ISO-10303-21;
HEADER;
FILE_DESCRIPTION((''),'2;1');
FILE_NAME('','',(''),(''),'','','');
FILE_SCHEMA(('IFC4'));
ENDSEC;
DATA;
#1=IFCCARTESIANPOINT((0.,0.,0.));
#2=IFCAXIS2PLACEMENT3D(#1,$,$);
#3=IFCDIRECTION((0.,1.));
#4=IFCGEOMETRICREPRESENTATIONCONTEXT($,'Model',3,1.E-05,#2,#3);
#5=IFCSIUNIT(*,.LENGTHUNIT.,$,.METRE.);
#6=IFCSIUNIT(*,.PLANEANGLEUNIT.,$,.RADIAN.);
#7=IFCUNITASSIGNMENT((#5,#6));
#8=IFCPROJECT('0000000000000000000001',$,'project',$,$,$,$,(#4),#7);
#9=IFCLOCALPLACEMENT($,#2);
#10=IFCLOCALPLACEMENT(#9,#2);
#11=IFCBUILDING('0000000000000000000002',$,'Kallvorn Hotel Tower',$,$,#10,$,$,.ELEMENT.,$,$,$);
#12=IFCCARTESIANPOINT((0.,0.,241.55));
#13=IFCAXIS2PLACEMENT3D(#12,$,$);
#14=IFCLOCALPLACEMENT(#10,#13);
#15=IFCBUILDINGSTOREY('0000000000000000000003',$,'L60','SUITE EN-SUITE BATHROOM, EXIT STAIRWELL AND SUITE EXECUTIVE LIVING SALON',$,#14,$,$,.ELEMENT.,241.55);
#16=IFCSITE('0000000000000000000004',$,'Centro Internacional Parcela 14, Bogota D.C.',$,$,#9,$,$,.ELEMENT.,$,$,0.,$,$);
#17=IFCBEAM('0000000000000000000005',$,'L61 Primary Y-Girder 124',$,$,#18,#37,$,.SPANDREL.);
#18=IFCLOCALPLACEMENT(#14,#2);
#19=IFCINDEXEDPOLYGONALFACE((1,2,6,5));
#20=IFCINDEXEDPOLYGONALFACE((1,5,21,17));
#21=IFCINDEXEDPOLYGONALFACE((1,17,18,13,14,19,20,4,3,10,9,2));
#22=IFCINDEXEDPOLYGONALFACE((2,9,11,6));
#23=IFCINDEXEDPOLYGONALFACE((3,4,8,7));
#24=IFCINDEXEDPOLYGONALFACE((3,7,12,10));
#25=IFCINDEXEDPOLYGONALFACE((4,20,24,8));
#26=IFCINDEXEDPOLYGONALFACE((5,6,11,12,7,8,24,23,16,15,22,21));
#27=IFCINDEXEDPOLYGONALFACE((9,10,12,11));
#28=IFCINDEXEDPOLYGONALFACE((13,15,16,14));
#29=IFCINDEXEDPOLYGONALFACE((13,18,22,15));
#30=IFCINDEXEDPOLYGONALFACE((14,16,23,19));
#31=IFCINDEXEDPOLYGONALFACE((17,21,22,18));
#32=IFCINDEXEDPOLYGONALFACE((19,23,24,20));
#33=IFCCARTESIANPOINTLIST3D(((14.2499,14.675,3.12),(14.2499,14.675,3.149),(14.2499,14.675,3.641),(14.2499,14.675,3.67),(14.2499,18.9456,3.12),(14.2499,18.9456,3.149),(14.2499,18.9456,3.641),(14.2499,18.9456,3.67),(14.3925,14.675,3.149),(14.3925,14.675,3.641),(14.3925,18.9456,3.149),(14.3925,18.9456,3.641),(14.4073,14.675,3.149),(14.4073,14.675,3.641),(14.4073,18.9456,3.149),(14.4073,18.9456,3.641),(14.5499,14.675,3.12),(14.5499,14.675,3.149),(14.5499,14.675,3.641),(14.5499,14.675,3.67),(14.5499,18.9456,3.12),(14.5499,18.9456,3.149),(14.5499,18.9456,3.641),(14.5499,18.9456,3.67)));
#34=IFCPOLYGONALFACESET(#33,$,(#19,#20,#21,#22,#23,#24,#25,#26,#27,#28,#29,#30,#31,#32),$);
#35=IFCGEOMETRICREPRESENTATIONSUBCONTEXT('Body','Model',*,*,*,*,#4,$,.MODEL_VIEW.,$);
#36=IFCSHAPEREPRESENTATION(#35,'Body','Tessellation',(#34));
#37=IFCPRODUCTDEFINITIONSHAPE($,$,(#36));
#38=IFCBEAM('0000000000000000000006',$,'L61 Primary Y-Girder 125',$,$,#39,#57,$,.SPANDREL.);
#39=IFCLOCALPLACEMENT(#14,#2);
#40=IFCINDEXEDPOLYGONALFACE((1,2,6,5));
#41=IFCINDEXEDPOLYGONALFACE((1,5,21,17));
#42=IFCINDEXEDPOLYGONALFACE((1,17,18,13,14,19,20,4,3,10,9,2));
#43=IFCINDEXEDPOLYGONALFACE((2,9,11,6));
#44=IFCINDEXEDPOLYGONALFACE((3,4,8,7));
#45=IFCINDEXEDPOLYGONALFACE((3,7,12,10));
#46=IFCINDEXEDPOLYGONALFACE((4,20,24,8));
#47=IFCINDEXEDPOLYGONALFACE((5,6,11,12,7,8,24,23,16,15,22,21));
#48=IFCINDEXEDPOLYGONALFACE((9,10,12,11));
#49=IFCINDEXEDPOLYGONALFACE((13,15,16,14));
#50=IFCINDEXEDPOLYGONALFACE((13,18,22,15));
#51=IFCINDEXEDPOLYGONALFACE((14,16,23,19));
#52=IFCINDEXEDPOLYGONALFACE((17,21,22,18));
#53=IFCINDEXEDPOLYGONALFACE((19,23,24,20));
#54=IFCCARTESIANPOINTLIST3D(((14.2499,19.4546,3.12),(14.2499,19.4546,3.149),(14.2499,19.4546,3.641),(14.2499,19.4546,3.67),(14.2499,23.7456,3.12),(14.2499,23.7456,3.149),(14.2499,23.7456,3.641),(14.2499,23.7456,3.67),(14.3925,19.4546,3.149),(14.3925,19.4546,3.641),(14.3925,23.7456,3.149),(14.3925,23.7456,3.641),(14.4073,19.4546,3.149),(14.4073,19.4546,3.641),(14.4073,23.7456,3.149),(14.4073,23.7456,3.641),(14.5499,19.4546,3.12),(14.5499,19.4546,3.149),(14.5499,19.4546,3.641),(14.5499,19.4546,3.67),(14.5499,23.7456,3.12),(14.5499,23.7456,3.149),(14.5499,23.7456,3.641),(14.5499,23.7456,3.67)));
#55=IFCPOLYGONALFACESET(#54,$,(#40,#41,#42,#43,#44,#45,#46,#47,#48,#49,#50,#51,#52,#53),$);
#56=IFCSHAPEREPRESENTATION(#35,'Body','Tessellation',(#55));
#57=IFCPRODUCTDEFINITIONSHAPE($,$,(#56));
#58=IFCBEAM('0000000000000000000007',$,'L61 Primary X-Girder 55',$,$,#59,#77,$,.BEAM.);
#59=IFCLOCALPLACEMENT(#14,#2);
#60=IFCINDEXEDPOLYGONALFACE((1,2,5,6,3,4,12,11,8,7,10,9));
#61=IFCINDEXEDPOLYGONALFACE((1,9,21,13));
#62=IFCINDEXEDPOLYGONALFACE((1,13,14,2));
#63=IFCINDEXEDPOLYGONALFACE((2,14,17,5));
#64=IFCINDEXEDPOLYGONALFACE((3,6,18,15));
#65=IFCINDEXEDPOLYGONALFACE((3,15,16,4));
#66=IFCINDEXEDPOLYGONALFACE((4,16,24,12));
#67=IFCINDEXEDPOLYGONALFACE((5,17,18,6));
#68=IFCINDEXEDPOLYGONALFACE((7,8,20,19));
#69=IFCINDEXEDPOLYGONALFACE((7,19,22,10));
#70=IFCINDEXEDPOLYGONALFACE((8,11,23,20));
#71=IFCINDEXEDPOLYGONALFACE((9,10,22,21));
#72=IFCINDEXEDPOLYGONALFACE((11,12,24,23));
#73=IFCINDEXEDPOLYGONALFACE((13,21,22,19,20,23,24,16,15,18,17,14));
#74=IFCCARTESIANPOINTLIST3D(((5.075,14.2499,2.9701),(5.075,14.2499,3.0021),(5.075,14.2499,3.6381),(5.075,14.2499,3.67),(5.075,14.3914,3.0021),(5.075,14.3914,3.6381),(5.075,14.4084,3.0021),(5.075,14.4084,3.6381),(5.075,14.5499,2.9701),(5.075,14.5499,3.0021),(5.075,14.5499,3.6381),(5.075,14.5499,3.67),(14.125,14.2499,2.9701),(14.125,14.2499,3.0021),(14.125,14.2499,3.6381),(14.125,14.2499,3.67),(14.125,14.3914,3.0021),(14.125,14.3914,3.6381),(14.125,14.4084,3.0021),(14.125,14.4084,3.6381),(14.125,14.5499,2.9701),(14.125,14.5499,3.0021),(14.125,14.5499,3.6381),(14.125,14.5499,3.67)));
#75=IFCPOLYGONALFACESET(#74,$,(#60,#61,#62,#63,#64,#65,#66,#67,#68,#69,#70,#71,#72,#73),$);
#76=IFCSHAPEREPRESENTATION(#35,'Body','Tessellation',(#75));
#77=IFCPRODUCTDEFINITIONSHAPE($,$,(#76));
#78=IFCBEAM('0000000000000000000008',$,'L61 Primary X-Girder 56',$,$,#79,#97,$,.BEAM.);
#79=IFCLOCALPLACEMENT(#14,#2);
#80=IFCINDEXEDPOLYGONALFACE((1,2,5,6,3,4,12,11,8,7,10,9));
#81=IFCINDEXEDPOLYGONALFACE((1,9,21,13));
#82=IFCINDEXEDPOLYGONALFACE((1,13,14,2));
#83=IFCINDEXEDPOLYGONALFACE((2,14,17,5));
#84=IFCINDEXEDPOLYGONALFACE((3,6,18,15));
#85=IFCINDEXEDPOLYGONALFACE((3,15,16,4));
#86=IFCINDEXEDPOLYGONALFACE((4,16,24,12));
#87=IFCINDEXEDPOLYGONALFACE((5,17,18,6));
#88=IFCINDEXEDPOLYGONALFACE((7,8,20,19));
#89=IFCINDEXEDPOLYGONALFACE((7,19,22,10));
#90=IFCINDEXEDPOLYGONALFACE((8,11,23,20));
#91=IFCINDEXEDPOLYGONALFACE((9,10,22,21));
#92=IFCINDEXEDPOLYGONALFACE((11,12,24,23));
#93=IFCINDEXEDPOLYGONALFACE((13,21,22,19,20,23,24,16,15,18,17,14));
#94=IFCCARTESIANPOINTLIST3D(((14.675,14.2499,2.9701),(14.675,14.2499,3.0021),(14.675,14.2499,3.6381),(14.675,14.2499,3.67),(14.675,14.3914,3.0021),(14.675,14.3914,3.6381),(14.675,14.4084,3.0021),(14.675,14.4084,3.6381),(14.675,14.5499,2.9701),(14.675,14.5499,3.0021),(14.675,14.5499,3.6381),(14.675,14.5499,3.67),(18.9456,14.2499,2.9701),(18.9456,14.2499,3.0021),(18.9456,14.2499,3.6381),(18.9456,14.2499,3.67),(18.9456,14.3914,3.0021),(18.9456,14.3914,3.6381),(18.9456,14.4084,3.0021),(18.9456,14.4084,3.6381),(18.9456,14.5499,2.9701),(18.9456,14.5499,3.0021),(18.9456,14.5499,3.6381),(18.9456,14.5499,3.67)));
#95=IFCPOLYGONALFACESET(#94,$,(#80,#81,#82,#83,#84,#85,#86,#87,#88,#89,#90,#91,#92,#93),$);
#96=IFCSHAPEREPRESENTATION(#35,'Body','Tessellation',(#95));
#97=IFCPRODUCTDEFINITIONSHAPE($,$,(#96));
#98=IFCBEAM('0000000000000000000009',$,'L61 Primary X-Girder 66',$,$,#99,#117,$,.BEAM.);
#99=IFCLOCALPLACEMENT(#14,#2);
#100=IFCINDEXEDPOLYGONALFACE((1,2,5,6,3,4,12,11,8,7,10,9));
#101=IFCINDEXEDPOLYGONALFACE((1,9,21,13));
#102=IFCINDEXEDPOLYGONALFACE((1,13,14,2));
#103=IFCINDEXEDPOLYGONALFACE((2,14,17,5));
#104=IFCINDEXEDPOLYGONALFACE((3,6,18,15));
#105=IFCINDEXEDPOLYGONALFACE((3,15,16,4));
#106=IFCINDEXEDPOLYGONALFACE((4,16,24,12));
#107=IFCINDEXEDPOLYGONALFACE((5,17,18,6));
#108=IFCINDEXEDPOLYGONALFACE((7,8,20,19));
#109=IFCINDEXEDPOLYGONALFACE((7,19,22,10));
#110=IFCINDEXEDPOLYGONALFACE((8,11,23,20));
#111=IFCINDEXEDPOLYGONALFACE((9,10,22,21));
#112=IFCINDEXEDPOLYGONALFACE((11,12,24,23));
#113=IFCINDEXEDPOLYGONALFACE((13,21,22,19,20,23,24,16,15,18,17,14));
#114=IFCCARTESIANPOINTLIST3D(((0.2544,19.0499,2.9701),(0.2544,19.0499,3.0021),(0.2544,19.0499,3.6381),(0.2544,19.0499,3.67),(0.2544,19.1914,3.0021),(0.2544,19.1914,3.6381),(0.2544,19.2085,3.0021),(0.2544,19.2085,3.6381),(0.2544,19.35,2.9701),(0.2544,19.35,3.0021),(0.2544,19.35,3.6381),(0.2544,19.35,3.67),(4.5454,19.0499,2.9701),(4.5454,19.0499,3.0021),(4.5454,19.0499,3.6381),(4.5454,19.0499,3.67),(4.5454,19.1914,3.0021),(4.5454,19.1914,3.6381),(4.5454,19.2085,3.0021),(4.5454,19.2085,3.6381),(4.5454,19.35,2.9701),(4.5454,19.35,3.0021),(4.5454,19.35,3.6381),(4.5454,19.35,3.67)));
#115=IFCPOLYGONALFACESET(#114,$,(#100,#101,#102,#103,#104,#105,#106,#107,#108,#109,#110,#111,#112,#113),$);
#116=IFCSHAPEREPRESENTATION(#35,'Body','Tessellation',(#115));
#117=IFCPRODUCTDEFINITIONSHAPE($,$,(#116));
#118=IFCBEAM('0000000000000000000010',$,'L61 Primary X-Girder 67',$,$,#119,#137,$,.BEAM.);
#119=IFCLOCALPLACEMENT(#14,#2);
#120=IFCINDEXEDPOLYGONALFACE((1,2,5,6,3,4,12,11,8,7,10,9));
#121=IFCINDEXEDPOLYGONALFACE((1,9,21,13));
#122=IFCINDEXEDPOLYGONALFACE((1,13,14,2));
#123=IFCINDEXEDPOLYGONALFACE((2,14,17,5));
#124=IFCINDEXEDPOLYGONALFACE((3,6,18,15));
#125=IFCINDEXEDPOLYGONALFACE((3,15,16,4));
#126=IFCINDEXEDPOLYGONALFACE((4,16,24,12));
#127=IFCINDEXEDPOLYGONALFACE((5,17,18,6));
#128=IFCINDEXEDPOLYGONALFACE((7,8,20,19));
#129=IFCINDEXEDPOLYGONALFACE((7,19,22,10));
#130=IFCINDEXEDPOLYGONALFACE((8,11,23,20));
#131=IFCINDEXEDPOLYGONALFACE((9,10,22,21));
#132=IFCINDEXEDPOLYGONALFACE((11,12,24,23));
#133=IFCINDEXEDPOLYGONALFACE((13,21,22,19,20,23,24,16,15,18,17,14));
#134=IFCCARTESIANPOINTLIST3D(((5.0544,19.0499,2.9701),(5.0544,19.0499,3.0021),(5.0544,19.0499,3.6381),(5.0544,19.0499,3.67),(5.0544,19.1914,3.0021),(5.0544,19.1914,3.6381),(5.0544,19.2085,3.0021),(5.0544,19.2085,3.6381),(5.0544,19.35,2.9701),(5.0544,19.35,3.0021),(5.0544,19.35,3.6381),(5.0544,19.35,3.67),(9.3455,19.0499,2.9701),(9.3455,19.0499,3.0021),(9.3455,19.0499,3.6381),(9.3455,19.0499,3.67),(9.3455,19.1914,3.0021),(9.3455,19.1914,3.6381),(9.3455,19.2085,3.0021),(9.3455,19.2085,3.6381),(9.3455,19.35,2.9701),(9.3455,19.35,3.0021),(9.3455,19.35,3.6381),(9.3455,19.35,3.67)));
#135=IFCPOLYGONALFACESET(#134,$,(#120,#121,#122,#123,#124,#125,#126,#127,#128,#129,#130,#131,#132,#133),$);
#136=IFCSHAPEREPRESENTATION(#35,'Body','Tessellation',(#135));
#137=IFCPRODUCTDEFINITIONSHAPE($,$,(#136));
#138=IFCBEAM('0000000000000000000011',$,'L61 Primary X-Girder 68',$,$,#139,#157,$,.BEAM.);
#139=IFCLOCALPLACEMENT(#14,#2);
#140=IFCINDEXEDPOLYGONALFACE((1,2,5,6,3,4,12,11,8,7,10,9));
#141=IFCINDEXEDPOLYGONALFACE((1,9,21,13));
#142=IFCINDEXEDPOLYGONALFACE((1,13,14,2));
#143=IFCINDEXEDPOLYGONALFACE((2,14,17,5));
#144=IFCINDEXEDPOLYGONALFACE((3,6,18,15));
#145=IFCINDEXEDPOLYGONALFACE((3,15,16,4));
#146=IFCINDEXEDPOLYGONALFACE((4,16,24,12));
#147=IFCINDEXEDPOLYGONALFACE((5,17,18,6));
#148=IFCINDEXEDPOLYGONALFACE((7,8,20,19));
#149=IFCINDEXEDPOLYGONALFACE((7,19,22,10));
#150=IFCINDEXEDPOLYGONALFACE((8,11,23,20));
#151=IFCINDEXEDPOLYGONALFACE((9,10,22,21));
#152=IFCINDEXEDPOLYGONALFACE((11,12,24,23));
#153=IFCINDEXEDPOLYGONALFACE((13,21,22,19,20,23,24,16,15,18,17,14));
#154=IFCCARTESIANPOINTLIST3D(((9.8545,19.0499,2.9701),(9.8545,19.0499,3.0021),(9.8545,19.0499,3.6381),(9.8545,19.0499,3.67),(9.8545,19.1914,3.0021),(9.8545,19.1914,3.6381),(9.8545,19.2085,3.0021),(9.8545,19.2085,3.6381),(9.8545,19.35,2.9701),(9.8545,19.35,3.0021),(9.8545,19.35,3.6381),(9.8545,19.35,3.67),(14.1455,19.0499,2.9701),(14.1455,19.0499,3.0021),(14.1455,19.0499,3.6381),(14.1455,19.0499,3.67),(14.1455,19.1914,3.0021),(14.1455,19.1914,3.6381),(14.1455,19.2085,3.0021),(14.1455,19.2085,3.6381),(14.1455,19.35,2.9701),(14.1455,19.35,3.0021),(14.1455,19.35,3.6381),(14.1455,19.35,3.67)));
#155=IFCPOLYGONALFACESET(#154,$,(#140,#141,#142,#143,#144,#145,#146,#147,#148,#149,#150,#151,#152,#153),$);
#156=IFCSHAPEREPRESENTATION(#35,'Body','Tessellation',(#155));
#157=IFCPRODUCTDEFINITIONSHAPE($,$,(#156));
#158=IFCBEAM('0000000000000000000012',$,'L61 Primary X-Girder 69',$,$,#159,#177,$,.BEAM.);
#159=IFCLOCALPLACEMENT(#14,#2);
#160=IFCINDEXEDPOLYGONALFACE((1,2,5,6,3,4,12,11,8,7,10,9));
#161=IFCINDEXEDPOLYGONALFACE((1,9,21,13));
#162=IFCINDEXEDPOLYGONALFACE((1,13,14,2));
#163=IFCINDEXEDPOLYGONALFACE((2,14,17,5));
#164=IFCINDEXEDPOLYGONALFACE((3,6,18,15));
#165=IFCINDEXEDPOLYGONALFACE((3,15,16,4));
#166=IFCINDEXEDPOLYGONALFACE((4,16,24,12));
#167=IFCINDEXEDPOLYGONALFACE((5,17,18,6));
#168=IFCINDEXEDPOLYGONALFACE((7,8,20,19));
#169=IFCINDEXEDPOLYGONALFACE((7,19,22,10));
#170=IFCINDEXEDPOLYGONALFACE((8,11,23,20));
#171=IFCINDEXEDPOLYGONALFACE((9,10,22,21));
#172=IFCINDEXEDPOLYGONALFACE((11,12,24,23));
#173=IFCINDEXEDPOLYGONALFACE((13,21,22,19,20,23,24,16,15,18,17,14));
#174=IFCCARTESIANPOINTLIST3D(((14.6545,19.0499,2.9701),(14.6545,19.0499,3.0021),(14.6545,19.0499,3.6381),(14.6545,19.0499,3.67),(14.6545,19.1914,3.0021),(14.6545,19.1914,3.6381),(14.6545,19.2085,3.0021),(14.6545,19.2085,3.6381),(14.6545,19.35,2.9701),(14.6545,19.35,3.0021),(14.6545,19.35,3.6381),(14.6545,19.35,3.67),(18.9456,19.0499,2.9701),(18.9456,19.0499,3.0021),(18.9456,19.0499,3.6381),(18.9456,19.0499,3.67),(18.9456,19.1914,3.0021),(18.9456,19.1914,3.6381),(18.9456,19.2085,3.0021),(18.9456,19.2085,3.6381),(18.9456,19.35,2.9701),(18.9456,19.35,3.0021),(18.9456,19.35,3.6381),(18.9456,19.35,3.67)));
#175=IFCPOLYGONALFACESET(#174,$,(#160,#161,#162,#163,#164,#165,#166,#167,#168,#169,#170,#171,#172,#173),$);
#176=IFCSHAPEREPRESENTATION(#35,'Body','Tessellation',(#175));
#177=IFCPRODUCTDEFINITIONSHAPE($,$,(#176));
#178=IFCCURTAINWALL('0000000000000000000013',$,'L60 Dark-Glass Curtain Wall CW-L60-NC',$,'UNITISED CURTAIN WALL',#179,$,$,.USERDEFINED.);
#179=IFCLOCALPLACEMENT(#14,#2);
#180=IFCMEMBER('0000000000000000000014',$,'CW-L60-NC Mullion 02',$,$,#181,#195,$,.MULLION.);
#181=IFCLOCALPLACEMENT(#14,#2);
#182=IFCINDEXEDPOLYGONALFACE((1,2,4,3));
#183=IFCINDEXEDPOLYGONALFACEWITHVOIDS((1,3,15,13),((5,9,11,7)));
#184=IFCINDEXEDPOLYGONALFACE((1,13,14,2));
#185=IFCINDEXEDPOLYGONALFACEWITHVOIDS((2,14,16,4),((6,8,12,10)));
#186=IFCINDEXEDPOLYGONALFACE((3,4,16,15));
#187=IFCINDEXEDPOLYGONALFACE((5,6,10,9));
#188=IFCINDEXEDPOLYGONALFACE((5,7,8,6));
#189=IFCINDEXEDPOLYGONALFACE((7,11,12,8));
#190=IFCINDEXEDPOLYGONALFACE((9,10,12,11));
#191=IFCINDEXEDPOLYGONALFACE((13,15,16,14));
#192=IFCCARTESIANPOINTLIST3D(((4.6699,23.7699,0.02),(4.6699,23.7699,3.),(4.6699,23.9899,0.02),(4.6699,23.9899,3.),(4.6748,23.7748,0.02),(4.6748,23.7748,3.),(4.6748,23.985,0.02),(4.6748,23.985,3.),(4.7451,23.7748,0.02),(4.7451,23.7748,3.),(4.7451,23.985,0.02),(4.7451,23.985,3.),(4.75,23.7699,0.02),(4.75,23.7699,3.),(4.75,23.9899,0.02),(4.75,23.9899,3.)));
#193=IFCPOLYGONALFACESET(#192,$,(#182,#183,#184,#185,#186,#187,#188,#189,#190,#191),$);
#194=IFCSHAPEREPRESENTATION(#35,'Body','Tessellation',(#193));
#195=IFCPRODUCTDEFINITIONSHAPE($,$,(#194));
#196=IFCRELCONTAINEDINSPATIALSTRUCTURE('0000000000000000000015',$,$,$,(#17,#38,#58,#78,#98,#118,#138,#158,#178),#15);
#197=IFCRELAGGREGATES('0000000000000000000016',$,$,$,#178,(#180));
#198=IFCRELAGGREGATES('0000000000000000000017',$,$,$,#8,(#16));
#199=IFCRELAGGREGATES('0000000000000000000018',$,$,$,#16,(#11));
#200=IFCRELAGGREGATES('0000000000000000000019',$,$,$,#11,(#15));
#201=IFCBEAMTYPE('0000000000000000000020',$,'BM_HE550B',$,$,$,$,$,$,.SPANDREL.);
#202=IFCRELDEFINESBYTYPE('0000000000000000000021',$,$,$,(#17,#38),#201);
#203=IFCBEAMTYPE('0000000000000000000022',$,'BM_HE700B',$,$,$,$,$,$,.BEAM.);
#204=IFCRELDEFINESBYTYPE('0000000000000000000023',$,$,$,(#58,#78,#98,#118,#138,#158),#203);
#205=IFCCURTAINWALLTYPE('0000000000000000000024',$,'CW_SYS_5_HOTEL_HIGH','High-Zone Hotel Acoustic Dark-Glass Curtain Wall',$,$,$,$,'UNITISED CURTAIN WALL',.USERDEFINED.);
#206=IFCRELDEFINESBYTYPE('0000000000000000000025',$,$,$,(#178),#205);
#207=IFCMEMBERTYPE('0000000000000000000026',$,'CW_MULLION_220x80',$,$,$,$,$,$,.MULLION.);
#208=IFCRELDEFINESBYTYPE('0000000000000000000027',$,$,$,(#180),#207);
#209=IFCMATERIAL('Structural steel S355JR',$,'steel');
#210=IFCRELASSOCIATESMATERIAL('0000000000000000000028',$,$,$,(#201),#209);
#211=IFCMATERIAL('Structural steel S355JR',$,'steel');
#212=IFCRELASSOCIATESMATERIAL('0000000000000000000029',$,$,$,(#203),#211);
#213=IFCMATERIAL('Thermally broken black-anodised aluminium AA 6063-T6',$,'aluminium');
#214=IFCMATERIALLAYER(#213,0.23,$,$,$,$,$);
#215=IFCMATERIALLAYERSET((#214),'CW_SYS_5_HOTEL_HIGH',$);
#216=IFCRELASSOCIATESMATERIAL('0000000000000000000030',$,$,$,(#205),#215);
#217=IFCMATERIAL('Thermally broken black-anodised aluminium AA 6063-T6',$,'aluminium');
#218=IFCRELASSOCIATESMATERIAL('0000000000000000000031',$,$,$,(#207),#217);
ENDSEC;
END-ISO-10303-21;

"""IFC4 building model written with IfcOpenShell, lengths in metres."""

from ifc_helpers import new_model, si_unit, direction, frame, origin, origin_2d, place, context, subcontext, project, spatial, hollow_rectangle, i_section, extrude, material, layer, layer_set, material_profile, profile_set, type_object, element, aggregate, save


model = new_model("IFC4")

# Units and contexts
model_context = context("Model", 3, precision=1e-05, world=origin(), true_north=direction((0.0, 1.0)))
body_context = subcontext(model_context, "Body", "Model", "MODEL_VIEW")
ifc_project = project(units=[si_unit("LENGTHUNIT", "METRE"), si_unit("PLANEANGLEUNIT", "RADIAN")], contexts=[model_context])

# Site, building, storey
site_placement = place(None, origin())
site = spatial("IfcSite", under=ifc_project, at=site_placement, Name="Centro Internacional Parcela 14, Bogota D.C.", CompositionType="ELEMENT", RefElevation=0.0)
building_placement = place(site_placement, origin())
building = spatial("IfcBuilding", under=site, at=building_placement, Name="Kallvorn Hotel Tower", CompositionType="ELEMENT")
storey_placement = place(building_placement, frame((0.0, 0.0, 241.55)))
storey = spatial("IfcBuildingStorey", under=building, at=storey_placement, Name="L60", Description="SUITE EN-SUITE BATHROOM, EXIT STAIRWELL AND SUITE EXECUTIVE LIVING SALON", CompositionType="ELEMENT", Elevation=241.55)

# Beams
ifc_material_1 = material(Name="Structural steel S355JR", Category="steel")
ifc_material_profile_1 = material_profile(ifc_material_1, i_section(OverallWidth=0.3, OverallDepth=0.55, WebThickness=0.0149, FlangeThickness=0.0291, at=origin_2d()), Name="HE 550 B")
ifc_profile_set_1 = profile_set([ifc_material_profile_1], Name="Structural steel S355JR")
beam_type_1 = type_object("IfcBeamType", Name="BM_HE550B", PredefinedType="SPANDREL", material=ifc_profile_set_1)
beam_1_placement = place(storey_placement, frame((14.3999, 14.675, 3.395), z_axis=(0.0, 1.0, 0.0), x_axis=(-1.0, 0.0, 0.0)))
element("IfcBeam", 1, at=beam_1_placement, inside=storey, type_object=beam_type_1, Name="L61 Primary Y-Girder 124", PredefinedType="SPANDREL", context=body_context, shape_type="SweptSolid", body=[
    extrude(i_section(OverallWidth=0.3, OverallDepth=0.55, WebThickness=0.0149, FlangeThickness=0.0291, at=origin_2d()), origin(), (0.0, 0.0, 1.0), 4.2705),
])
beam_2_placement = place(storey_placement, frame((14.3999, 19.4546, 3.395), z_axis=(0.0, 1.0, 0.0), x_axis=(-1.0, 0.0, 0.0)))
element("IfcBeam", 2, at=beam_2_placement, inside=storey, type_object=beam_type_1, Name="L61 Primary Y-Girder 125", PredefinedType="SPANDREL", context=body_context, shape_type="SweptSolid", body=[
    extrude(i_section(OverallWidth=0.3, OverallDepth=0.55, WebThickness=0.0149, FlangeThickness=0.0291, at=origin_2d()), origin(), (0.0, 0.0, 1.0), 4.291),
])
ifc_material_2 = material(Name="Structural steel S355JR", Category="steel")
ifc_material_profile_2 = material_profile(ifc_material_2, i_section(OverallWidth=0.3, OverallDepth=0.7, WebThickness=0.0171, FlangeThickness=0.032, at=origin_2d()), Name="HE 700 B")
ifc_profile_set_2 = profile_set([ifc_material_profile_2], Name="Structural steel S355JR")
beam_type_2 = type_object("IfcBeamType", Name="BM_HE700B", PredefinedType="BEAM", material=ifc_profile_set_2)
beam_3_placement = place(storey_placement, frame((5.075, 14.3999, 3.3201), z_axis=(1.0, 0.0, 0.0), x_axis=(0.0, 1.0, 0.0)))
element("IfcBeam", 3, at=beam_3_placement, inside=storey, type_object=beam_type_2, Name="L61 Primary X-Girder 55", PredefinedType="BEAM", context=body_context, shape_type="SweptSolid", body=[
    extrude(i_section(OverallWidth=0.3, OverallDepth=0.7, WebThickness=0.0171, FlangeThickness=0.032, at=origin_2d()), origin(), (0.0, 0.0, 1.0), 9.05),
])
beam_4_placement = place(storey_placement, frame((14.675, 14.3999, 3.3201), z_axis=(1.0, 0.0, 0.0), x_axis=(0.0, 1.0, 0.0)))
element("IfcBeam", 4, at=beam_4_placement, inside=storey, type_object=beam_type_2, Name="L61 Primary X-Girder 56", PredefinedType="BEAM", context=body_context, shape_type="SweptSolid", body=[
    extrude(i_section(OverallWidth=0.3, OverallDepth=0.7, WebThickness=0.0171, FlangeThickness=0.032, at=origin_2d()), origin(), (0.0, 0.0, 1.0), 4.2705),
])
for number, where, z_axis, x_axis, name in (
    (5, (0.2544, 19.2, 3.3201), (1.0, 0.0, 0.0), (0.0, 1.0, 0.0), "L61 Primary X-Girder 66"),
    (6, (5.0544, 19.2, 3.3201), (1.0, 0.0, 0.0), (0.0, 1.0, 0.0), "L61 Primary X-Girder 67"),
    (7, (9.8545, 19.2, 3.3201), (1.0, 0.0, 0.0), (0.0, 1.0, 0.0), "L61 Primary X-Girder 68"),
    (8, (14.6545, 19.2, 3.3201), (1.0, 0.0, 0.0), (0.0, 1.0, 0.0), "L61 Primary X-Girder 69"),
):
    element("IfcBeam", number, at=place(storey_placement, frame(where, z_axis=z_axis, x_axis=x_axis)), inside=storey, type_object=beam_type_2, Name=name, PredefinedType="BEAM", context=body_context, shape_type="SweptSolid", body=[
        extrude(i_section(OverallWidth=0.3, OverallDepth=0.7, WebThickness=0.0171, FlangeThickness=0.032, at=origin_2d()), origin(), (0.0, 0.0, 1.0), 4.291),
    ])

# Curtain wall, member
ifc_material_3 = material(Name="Thermally broken black-anodised aluminium AA 6063-T6", Category="aluminium")
ifc_layer_1 = layer(ifc_material_3, 0.23)
ifc_layer_set_1 = layer_set([ifc_layer_1], Name="CW_SYS_5_HOTEL_HIGH")
curtain_wall_type = type_object("IfcCurtainWallType", Name="CW_SYS_5_HOTEL_HIGH", Description="High-Zone Hotel Acoustic Dark-Glass Curtain Wall", ElementType="UNITISED CURTAIN WALL", PredefinedType="USERDEFINED", material=ifc_layer_set_1)
curtain_wall_placement = place(storey_placement, origin())
curtain_wall = element("IfcCurtainWall", 9, at=curtain_wall_placement, inside=storey, type_object=curtain_wall_type, Name="L60 Dark-Glass Curtain Wall CW-L60-NC", ObjectType="UNITISED CURTAIN WALL", PredefinedType="USERDEFINED")
ifc_material_4 = material(Name="Thermally broken black-anodised aluminium AA 6063-T6", Category="aluminium")
ifc_material_profile_3 = material_profile(ifc_material_4, hollow_rectangle(XDim=0.0801, YDim=0.22, WallThickness=0.0049, at=origin_2d()), Name="MUL 220x80")
ifc_profile_set_3 = profile_set([ifc_material_profile_3], Name="Thermally broken black-anodised aluminium AA 6063-T6")
member_type_1 = type_object("IfcMemberType", Name="CW_MULLION_220x80", PredefinedType="MULLION", material=ifc_profile_set_3)
member_1_placement = place(storey_placement, frame((4.71, 23.8799, 0.02), z_axis=(0.0, 0.0, 1.0), x_axis=(1.0, 0.0, 0.0)))
member_1 = element("IfcMember", 10, at=member_1_placement, type_object=member_type_1, Name="CW-L60-NC Mullion 02", PredefinedType="MULLION", context=body_context, shape_type="SweptSolid", body=[
    extrude(hollow_rectangle(XDim=0.0801, YDim=0.22, WallThickness=0.0049, at=origin_2d()), origin(), (0.0, 0.0, 1.0), 2.98),
])
aggregate(curtain_wall, [member_1])

save(model, "model.ifc")
